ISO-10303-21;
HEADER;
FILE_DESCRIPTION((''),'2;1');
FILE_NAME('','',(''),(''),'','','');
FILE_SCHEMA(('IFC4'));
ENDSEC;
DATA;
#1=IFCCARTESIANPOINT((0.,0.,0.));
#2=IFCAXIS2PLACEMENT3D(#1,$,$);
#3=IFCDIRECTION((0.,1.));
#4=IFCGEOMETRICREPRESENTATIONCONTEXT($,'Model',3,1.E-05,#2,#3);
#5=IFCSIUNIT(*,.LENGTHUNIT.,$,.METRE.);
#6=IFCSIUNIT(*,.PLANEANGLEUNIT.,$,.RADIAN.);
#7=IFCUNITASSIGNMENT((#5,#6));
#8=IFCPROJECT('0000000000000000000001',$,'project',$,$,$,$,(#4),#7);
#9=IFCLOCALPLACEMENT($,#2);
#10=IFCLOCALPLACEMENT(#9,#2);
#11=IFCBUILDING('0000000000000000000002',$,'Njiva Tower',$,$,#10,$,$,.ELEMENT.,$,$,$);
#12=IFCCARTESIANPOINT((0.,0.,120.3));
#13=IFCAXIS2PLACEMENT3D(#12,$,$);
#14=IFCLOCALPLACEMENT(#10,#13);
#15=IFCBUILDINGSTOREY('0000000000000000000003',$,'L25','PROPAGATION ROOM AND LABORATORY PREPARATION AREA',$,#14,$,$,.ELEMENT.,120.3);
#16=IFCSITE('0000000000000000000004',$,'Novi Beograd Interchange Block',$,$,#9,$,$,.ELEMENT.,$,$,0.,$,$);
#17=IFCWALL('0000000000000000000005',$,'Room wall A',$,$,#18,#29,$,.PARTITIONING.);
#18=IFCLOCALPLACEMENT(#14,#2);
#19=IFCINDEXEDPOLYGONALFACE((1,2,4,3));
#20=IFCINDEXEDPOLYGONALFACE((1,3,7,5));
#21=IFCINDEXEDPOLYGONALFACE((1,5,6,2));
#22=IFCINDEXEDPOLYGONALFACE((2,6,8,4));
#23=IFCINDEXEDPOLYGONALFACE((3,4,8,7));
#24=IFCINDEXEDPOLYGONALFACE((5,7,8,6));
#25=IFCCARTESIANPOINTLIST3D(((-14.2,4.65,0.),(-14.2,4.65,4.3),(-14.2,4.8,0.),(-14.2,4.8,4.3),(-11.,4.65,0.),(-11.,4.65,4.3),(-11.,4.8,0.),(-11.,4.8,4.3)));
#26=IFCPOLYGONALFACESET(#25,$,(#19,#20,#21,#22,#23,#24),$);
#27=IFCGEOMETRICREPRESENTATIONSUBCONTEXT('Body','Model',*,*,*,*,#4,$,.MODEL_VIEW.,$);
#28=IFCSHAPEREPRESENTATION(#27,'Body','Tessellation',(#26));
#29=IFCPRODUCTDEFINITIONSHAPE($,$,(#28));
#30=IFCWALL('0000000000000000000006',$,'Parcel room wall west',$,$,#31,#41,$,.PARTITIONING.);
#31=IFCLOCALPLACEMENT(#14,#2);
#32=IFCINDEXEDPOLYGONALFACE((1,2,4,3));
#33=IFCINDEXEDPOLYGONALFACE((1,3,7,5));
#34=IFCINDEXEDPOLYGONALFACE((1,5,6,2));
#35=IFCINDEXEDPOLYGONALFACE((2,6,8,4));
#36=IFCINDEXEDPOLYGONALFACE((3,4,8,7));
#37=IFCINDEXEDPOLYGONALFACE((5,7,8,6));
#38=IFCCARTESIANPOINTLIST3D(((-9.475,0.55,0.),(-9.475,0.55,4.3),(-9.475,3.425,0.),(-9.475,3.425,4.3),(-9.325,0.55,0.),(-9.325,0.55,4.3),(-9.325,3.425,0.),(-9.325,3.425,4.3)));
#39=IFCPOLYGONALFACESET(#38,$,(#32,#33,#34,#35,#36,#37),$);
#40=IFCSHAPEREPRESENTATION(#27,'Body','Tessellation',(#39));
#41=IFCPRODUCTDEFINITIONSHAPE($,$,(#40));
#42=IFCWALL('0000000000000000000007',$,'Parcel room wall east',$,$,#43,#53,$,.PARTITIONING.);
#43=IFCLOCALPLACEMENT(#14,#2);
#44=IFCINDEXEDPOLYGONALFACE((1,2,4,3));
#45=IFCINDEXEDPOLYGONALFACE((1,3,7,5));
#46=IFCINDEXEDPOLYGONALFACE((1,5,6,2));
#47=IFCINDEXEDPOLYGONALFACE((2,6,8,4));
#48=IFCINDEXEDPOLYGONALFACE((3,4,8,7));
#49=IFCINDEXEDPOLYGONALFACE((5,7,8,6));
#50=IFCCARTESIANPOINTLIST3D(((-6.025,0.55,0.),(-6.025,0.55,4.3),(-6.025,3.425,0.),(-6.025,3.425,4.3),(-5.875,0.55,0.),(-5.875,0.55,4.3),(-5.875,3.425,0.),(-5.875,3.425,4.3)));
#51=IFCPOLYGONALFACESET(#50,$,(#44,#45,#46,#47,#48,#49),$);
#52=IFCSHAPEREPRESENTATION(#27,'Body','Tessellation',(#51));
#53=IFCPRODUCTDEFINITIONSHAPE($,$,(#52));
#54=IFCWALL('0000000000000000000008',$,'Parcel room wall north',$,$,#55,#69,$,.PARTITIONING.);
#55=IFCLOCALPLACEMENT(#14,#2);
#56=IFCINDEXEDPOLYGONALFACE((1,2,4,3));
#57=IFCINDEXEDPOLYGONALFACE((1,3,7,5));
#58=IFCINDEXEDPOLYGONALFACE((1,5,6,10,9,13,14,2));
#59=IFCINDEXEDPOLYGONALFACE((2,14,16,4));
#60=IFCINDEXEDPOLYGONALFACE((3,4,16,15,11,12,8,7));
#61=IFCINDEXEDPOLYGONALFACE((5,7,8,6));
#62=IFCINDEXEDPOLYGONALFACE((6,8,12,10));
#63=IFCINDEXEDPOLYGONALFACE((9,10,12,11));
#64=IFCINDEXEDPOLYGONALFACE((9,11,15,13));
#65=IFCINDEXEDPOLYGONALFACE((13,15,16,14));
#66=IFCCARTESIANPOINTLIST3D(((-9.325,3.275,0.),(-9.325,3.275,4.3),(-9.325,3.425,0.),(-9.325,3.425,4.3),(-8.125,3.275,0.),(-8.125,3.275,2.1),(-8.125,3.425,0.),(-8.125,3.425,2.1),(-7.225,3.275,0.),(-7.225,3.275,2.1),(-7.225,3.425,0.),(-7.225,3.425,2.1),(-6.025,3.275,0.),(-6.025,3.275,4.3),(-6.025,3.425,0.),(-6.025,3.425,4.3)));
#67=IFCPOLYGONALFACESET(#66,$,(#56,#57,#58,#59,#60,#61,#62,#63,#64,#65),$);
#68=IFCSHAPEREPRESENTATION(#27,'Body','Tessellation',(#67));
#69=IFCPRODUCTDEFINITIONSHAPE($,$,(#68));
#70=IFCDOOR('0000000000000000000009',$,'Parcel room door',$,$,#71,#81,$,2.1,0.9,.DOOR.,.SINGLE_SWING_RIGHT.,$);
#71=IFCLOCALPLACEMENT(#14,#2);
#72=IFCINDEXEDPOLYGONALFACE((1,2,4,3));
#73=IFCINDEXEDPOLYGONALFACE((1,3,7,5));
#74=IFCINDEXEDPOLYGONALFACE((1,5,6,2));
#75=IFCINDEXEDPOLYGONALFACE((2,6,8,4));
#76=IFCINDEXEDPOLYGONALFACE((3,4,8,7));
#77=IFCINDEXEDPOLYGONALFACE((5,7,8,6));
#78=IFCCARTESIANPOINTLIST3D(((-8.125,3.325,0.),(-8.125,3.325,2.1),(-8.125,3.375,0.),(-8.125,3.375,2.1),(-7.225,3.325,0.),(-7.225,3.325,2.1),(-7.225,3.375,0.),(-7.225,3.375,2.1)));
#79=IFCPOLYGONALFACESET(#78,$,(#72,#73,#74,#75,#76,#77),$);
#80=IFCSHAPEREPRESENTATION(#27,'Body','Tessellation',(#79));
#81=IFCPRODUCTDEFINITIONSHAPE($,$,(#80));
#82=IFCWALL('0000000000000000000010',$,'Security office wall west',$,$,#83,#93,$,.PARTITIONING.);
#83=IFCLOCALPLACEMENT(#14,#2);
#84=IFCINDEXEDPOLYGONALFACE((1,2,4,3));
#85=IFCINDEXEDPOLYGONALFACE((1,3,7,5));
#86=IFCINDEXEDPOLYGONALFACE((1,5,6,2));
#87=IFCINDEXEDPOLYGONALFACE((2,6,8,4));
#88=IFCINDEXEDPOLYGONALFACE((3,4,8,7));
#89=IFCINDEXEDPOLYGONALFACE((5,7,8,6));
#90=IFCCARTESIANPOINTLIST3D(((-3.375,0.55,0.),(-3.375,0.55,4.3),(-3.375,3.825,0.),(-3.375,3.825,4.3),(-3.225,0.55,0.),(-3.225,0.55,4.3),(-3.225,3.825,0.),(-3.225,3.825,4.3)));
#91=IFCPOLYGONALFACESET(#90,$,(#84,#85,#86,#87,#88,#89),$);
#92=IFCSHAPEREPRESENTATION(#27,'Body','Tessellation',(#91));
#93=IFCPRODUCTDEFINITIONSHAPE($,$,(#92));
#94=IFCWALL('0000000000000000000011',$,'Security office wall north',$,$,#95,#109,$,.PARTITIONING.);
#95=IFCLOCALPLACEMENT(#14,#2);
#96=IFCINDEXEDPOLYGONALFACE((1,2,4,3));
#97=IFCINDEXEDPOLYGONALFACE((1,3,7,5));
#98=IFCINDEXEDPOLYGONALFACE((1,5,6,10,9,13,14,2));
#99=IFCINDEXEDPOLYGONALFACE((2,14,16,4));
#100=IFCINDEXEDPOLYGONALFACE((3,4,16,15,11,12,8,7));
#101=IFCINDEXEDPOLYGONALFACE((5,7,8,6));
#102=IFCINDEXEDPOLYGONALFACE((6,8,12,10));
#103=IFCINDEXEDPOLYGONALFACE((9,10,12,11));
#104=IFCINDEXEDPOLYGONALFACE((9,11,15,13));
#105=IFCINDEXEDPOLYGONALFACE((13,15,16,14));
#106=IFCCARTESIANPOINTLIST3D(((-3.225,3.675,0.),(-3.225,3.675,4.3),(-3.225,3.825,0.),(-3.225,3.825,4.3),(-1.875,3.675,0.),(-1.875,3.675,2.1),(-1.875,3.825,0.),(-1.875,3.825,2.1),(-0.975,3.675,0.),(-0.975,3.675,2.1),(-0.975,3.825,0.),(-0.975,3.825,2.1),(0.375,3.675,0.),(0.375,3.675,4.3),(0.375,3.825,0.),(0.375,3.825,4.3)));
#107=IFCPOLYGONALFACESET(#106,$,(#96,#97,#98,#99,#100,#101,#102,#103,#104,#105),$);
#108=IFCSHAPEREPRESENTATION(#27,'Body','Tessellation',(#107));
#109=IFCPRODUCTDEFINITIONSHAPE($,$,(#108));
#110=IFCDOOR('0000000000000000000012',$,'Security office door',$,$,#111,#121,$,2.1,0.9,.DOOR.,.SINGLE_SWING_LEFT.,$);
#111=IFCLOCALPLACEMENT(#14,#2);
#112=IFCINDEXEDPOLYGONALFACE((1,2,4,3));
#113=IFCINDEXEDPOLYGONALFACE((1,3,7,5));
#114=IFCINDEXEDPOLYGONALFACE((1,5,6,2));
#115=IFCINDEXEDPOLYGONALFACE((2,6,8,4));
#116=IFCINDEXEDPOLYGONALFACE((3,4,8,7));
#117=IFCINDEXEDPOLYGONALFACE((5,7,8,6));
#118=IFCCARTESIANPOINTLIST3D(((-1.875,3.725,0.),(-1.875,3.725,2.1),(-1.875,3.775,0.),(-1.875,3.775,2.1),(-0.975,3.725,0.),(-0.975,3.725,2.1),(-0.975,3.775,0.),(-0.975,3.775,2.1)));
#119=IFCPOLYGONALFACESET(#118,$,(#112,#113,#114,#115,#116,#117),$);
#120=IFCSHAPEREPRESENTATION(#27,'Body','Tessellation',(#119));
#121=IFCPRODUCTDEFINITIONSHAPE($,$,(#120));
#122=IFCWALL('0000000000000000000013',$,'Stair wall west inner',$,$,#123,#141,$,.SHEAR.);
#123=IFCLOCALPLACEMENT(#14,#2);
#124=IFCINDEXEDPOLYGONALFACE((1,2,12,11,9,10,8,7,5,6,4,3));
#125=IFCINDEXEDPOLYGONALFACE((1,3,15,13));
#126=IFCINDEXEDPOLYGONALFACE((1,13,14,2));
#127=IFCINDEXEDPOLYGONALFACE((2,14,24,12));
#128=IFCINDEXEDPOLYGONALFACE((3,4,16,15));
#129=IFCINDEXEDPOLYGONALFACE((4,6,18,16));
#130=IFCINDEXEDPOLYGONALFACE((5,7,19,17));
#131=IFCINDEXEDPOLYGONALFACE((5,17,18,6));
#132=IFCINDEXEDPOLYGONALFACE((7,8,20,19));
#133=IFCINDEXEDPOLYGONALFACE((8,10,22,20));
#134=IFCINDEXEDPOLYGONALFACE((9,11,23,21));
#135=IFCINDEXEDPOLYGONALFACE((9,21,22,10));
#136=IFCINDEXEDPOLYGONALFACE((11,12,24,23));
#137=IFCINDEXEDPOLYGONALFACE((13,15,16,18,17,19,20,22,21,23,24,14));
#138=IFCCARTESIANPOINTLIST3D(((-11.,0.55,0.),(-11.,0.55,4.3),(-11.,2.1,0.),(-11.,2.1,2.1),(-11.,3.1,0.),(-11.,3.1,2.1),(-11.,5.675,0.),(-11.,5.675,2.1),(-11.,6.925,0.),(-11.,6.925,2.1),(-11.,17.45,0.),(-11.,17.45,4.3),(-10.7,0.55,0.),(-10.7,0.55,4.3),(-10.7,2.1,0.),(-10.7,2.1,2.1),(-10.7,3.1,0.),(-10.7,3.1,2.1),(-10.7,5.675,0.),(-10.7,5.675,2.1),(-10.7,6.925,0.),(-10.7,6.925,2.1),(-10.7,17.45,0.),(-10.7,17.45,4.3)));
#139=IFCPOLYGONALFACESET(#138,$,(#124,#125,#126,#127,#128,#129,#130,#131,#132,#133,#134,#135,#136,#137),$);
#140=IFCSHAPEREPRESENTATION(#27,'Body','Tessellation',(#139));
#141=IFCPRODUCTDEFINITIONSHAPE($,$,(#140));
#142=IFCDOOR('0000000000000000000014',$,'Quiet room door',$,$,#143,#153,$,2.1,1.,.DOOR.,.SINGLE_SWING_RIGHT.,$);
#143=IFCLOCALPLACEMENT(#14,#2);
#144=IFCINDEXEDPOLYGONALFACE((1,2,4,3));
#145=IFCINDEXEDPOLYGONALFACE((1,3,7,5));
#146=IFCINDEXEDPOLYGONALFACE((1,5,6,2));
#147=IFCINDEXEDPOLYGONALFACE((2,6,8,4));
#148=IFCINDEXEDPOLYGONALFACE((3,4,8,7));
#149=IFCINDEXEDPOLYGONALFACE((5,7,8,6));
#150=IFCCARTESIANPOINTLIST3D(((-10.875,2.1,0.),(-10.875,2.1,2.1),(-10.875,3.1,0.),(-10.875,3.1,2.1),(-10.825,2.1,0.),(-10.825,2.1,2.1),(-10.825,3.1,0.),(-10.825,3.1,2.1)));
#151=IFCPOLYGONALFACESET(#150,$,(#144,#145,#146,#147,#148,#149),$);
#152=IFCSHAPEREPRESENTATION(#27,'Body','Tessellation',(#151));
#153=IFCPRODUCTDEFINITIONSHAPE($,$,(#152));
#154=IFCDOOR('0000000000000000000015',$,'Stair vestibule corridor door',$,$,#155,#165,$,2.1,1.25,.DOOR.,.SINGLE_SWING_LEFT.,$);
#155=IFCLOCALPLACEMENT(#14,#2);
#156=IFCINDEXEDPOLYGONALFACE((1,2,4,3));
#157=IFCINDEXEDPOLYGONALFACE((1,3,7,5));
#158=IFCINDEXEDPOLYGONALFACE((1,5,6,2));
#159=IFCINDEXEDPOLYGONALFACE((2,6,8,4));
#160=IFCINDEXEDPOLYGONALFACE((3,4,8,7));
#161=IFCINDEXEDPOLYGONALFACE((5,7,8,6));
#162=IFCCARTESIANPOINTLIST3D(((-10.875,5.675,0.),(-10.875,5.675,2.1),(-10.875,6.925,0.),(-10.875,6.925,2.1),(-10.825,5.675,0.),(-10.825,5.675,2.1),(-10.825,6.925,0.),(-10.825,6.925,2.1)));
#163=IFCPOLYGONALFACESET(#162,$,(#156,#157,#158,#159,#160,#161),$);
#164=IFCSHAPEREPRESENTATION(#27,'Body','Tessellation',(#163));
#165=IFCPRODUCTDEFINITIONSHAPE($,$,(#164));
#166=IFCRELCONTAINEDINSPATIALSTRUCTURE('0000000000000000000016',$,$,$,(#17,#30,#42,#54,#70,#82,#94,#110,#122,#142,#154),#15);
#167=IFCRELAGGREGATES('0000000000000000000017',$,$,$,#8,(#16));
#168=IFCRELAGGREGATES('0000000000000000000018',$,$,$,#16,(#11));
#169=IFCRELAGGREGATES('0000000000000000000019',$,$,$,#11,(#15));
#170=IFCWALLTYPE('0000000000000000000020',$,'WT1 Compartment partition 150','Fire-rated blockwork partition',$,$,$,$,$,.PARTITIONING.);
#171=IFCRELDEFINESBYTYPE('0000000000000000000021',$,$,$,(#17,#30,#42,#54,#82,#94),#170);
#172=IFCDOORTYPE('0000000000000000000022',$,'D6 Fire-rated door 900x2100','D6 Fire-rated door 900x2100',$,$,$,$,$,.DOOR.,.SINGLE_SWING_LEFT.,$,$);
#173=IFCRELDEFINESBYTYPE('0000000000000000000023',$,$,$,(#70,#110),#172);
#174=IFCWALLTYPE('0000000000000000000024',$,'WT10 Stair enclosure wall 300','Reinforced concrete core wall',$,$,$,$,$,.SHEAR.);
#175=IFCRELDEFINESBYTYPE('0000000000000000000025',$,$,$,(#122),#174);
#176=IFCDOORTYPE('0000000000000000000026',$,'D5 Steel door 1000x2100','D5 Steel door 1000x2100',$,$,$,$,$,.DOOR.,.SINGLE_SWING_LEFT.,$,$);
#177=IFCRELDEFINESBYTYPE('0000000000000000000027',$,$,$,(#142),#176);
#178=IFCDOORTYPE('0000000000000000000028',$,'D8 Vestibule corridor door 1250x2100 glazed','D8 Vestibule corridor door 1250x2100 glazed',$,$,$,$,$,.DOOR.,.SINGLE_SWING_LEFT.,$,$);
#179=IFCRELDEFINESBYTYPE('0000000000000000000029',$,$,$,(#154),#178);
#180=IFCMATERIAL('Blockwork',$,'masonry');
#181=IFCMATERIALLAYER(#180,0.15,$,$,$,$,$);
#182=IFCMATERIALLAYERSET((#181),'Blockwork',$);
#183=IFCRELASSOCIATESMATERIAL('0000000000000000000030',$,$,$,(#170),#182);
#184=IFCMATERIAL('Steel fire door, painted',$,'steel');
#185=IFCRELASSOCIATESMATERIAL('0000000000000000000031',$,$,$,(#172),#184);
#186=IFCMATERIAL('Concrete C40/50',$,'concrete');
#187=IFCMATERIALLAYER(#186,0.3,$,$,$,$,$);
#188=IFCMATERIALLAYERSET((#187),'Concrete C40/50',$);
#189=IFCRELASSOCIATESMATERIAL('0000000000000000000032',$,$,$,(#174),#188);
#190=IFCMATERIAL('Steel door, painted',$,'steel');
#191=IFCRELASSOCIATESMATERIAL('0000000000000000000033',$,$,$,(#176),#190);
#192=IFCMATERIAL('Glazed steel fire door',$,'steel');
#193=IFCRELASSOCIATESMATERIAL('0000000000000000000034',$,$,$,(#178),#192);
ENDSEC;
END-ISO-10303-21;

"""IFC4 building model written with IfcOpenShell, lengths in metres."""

from ifc_helpers import new_model, si_unit, direction, frame, frame_2d, origin, place, context, subcontext, project, spatial, rectangle, extrude, material, layer, layer_set, type_object, element, fill, save


model = new_model("IFC4")

# Units and contexts
model_context = context("Model", 3, precision=1e-05, world=origin(), true_north=direction((0.0, 1.0)))
body_context = subcontext(model_context, "Body", "Model", "MODEL_VIEW")
ifc_project = project(units=[si_unit("LENGTHUNIT", "METRE"), si_unit("PLANEANGLEUNIT", "RADIAN")], contexts=[model_context])

# Site, building, storey
site_placement = place(None, origin())
site = spatial("IfcSite", under=ifc_project, at=site_placement, Name="Novi Beograd Interchange Block", CompositionType="ELEMENT", RefElevation=0.0)
building_placement = place(site_placement, origin())
building = spatial("IfcBuilding", under=site, at=building_placement, Name="Njiva Tower", CompositionType="ELEMENT")
storey_placement = place(building_placement, frame((0.0, 0.0, 120.3)))
storey = spatial("IfcBuildingStorey", under=building, at=storey_placement, Name="L25", Description="PROPAGATION ROOM AND LABORATORY PREPARATION AREA", CompositionType="ELEMENT", Elevation=120.3)

# Walls
ifc_material_1 = material(Name="Blockwork", Category="masonry")
ifc_layer_1 = layer(ifc_material_1, 0.15)
ifc_layer_set_1 = layer_set([ifc_layer_1], Name="Blockwork")
wall_type_1 = type_object("IfcWallType", Name="WT1 Compartment partition 150", Description="Fire-rated blockwork partition", PredefinedType="PARTITIONING", material=ifc_layer_set_1)
wall_1_placement = place(storey_placement, frame((-14.2, 4.725, 0.0), z_axis=(0.0, 0.0, 1.0), x_axis=(1.0, 0.0, 0.0)))
element("IfcWall", 1, at=wall_1_placement, inside=storey, type_object=wall_type_1, Name="Room wall A", PredefinedType="PARTITIONING", context=body_context, shape_type="SweptSolid", body=[
    extrude(rectangle(XDim=3.2, YDim=0.15, at=frame_2d((1.6, 0.0))), origin(), (0.0, 0.0, 1.0), 4.3),
])
for number, where, z_axis, x_axis, name in (
    (2, (-9.4, 0.55, 0.0), (0.0, 0.0, 1.0), (0.0, 1.0, 0.0), "Parcel room wall west"),
    (3, (-5.95, 0.55, 0.0), (0.0, 0.0, 1.0), (0.0, 1.0, 0.0), "Parcel room wall east"),
):
    element("IfcWall", number, at=place(storey_placement, frame(where, z_axis=z_axis, x_axis=x_axis)), inside=storey, type_object=wall_type_1, Name=name, PredefinedType="PARTITIONING", context=body_context, shape_type="SweptSolid", body=[
        extrude(rectangle(XDim=2.875, YDim=0.15, at=frame_2d((1.4375, 0.0))), origin(), (0.0, 0.0, 1.0), 4.3),
    ])

# Wall, opening, door
wall_2_placement = place(storey_placement, frame((-9.325, 3.35, 0.0), z_axis=(0.0, 0.0, 1.0), x_axis=(1.0, 0.0, 0.0)))
wall_2 = element("IfcWall", 4, at=wall_2_placement, inside=storey, type_object=wall_type_1, Name="Parcel room wall north", PredefinedType="PARTITIONING", context=body_context, shape_type="SweptSolid", body=[
    extrude(rectangle(XDim=3.3, YDim=0.15, at=frame_2d((1.65, 0.0))), origin(), (0.0, 0.0, 1.0), 4.3),
])
opening_1_placement = place(wall_2_placement, frame((1.2, 0.0, 0.0)))
opening_1 = element("IfcOpeningElement", 5, at=opening_1_placement, cuts=wall_2, PredefinedType="OPENING", context=body_context, shape_type="SweptSolid", body=[
    extrude(rectangle(XDim=0.9, YDim=2.1, at=frame_2d((0.45, 1.05))), frame((0.0, 0.085, 0.0), z_axis=(0.0, -1.0, 0.0), x_axis=(1.0, 0.0, 0.0)), (0.0, 0.0, 1.0), 0.17),
])
ifc_material_2 = material(Name="Steel fire door, painted", Category="steel")
door_type_1 = type_object("IfcDoorType", Name="D6 Fire-rated door 900x2100", Description="D6 Fire-rated door 900x2100", OperationType="SINGLE_SWING_LEFT", PredefinedType="DOOR", material=ifc_material_2)
door_1_placement = place(opening_1_placement, origin())
door_1 = element("IfcDoor", 6, at=door_1_placement, inside=storey, type_object=door_type_1, Name="Parcel room door", OperationType="SINGLE_SWING_RIGHT", OverallHeight=2.1, OverallWidth=0.9, PredefinedType="DOOR", context=body_context, shape_type="SweptSolid", body=[
    extrude(rectangle(XDim=0.9, YDim=2.1, at=frame_2d((0.45, 1.05))), frame((0.0, 0.025, 0.0), z_axis=(0.0, -1.0, 0.0), x_axis=(1.0, 0.0, 0.0)), (0.0, 0.0, 1.0), 0.05),
])
fill(opening_1, door_1)

# Wall
wall_3_placement = place(storey_placement, frame((-3.3, 0.55, 0.0), z_axis=(0.0, 0.0, 1.0), x_axis=(0.0, 1.0, 0.0)))
element("IfcWall", 7, at=wall_3_placement, inside=storey, type_object=wall_type_1, Name="Security office wall west", PredefinedType="PARTITIONING", context=body_context, shape_type="SweptSolid", body=[
    extrude(rectangle(XDim=3.275, YDim=0.15, at=frame_2d((1.6375, 0.0))), origin(), (0.0, 0.0, 1.0), 4.3),
])

# Wall, opening, door
wall_4_placement = place(storey_placement, frame((-3.225, 3.75, 0.0), z_axis=(0.0, 0.0, 1.0), x_axis=(1.0, 0.0, 0.0)))
wall_4 = element("IfcWall", 8, at=wall_4_placement, inside=storey, type_object=wall_type_1, Name="Security office wall north", PredefinedType="PARTITIONING", context=body_context, shape_type="SweptSolid", body=[
    extrude(rectangle(XDim=3.6, YDim=0.15, at=frame_2d((1.8, 0.0))), origin(), (0.0, 0.0, 1.0), 4.3),
])
opening_2_placement = place(wall_4_placement, frame((1.35, 0.0, 0.0)))
opening_2 = element("IfcOpeningElement", 9, at=opening_2_placement, cuts=wall_4, PredefinedType="OPENING", context=body_context, shape_type="SweptSolid", body=[
    extrude(rectangle(XDim=0.9, YDim=2.1, at=frame_2d((0.45, 1.05))), frame((0.0, 0.085, 0.0), z_axis=(0.0, -1.0, 0.0), x_axis=(1.0, 0.0, 0.0)), (0.0, 0.0, 1.0), 0.17),
])
door_2_placement = place(opening_2_placement, origin())
door_2 = element("IfcDoor", 10, at=door_2_placement, inside=storey, type_object=door_type_1, Name="Security office door", OperationType="SINGLE_SWING_LEFT", OverallHeight=2.1, OverallWidth=0.9, PredefinedType="DOOR", context=body_context, shape_type="SweptSolid", body=[
    extrude(rectangle(XDim=0.9, YDim=2.1, at=frame_2d((0.45, 1.05))), frame((0.0, 0.025, 0.0), z_axis=(0.0, -1.0, 0.0), x_axis=(1.0, 0.0, 0.0)), (0.0, 0.0, 1.0), 0.05),
])
fill(opening_2, door_2)

# Wall, openings, doors
ifc_material_3 = material(Name="Concrete C40/50", Category="concrete")
ifc_layer_2 = layer(ifc_material_3, 0.3)
ifc_layer_set_2 = layer_set([ifc_layer_2], Name="Concrete C40/50")
wall_type_2 = type_object("IfcWallType", Name="WT10 Stair enclosure wall 300", Description="Reinforced concrete core wall", PredefinedType="SHEAR", material=ifc_layer_set_2)
wall_5_placement = place(storey_placement, frame((-10.85, 0.55, 0.0), z_axis=(0.0, 0.0, 1.0), x_axis=(0.0, 1.0, 0.0)))
wall_5 = element("IfcWall", 11, at=wall_5_placement, inside=storey, type_object=wall_type_2, Name="Stair wall west inner", PredefinedType="SHEAR", context=body_context, shape_type="SweptSolid", body=[
    extrude(rectangle(XDim=16.9, YDim=0.3, at=frame_2d((8.45, 0.0))), origin(), (0.0, 0.0, 1.0), 4.3),
])
opening_3_placement = place(wall_5_placement, frame((5.125, 0.0, 0.0)))
opening_3 = element("IfcOpeningElement", 12, at=opening_3_placement, cuts=wall_5, PredefinedType="OPENING", context=body_context, shape_type="SweptSolid", body=[
    extrude(rectangle(XDim=1.25, YDim=2.1, at=frame_2d((0.625, 1.05))), frame((0.0, 0.16, 0.0), z_axis=(0.0, -1.0, 0.0), x_axis=(1.0, 0.0, 0.0)), (0.0, 0.0, 1.0), 0.32),
])
opening_4_placement = place(wall_5_placement, frame((1.55, 0.0, 0.0)))
opening_4 = element("IfcOpeningElement", 13, at=opening_4_placement, cuts=wall_5, PredefinedType="OPENING", context=body_context, shape_type="SweptSolid", body=[
    extrude(rectangle(XDim=1.0, YDim=2.1, at=frame_2d((0.5, 1.05))), frame((0.0, 0.16, 0.0), z_axis=(0.0, -1.0, 0.0), x_axis=(1.0, 0.0, 0.0)), (0.0, 0.0, 1.0), 0.32),
])
ifc_material_4 = material(Name="Steel door, painted", Category="steel")
door_type_2 = type_object("IfcDoorType", Name="D5 Steel door 1000x2100", Description="D5 Steel door 1000x2100", OperationType="SINGLE_SWING_LEFT", PredefinedType="DOOR", material=ifc_material_4)
door_3_placement = place(opening_4_placement, origin())
door_3 = element("IfcDoor", 14, at=door_3_placement, inside=storey, type_object=door_type_2, Name="Quiet room door", OperationType="SINGLE_SWING_RIGHT", OverallHeight=2.1, OverallWidth=1.0, PredefinedType="DOOR", context=body_context, shape_type="SweptSolid", body=[
    extrude(rectangle(XDim=1.0, YDim=2.1, at=frame_2d((0.5, 1.05))), frame((0.0, 0.025, 0.0), z_axis=(0.0, -1.0, 0.0), x_axis=(1.0, 0.0, 0.0)), (0.0, 0.0, 1.0), 0.05),
])
fill(opening_4, door_3)
ifc_material_5 = material(Name="Glazed steel fire door", Category="steel")
door_type_3 = type_object("IfcDoorType", Name="D8 Vestibule corridor door 1250x2100 glazed", Description="D8 Vestibule corridor door 1250x2100 glazed", OperationType="SINGLE_SWING_LEFT", PredefinedType="DOOR", material=ifc_material_5)
door_4_placement = place(opening_3_placement, origin())
door_4 = element("IfcDoor", 15, at=door_4_placement, inside=storey, type_object=door_type_3, Name="Stair vestibule corridor door", OperationType="SINGLE_SWING_LEFT", OverallHeight=2.1, OverallWidth=1.25, PredefinedType="DOOR", context=body_context, shape_type="SweptSolid", body=[
    extrude(rectangle(XDim=1.25, YDim=2.1, at=frame_2d((0.625, 1.05))), frame((0.0, 0.025, 0.0), z_axis=(0.0, -1.0, 0.0), x_axis=(1.0, 0.0, 0.0)), (0.0, 0.0, 1.0), 0.05),
])
fill(opening_3, door_4)

save(model, "model.ifc")
